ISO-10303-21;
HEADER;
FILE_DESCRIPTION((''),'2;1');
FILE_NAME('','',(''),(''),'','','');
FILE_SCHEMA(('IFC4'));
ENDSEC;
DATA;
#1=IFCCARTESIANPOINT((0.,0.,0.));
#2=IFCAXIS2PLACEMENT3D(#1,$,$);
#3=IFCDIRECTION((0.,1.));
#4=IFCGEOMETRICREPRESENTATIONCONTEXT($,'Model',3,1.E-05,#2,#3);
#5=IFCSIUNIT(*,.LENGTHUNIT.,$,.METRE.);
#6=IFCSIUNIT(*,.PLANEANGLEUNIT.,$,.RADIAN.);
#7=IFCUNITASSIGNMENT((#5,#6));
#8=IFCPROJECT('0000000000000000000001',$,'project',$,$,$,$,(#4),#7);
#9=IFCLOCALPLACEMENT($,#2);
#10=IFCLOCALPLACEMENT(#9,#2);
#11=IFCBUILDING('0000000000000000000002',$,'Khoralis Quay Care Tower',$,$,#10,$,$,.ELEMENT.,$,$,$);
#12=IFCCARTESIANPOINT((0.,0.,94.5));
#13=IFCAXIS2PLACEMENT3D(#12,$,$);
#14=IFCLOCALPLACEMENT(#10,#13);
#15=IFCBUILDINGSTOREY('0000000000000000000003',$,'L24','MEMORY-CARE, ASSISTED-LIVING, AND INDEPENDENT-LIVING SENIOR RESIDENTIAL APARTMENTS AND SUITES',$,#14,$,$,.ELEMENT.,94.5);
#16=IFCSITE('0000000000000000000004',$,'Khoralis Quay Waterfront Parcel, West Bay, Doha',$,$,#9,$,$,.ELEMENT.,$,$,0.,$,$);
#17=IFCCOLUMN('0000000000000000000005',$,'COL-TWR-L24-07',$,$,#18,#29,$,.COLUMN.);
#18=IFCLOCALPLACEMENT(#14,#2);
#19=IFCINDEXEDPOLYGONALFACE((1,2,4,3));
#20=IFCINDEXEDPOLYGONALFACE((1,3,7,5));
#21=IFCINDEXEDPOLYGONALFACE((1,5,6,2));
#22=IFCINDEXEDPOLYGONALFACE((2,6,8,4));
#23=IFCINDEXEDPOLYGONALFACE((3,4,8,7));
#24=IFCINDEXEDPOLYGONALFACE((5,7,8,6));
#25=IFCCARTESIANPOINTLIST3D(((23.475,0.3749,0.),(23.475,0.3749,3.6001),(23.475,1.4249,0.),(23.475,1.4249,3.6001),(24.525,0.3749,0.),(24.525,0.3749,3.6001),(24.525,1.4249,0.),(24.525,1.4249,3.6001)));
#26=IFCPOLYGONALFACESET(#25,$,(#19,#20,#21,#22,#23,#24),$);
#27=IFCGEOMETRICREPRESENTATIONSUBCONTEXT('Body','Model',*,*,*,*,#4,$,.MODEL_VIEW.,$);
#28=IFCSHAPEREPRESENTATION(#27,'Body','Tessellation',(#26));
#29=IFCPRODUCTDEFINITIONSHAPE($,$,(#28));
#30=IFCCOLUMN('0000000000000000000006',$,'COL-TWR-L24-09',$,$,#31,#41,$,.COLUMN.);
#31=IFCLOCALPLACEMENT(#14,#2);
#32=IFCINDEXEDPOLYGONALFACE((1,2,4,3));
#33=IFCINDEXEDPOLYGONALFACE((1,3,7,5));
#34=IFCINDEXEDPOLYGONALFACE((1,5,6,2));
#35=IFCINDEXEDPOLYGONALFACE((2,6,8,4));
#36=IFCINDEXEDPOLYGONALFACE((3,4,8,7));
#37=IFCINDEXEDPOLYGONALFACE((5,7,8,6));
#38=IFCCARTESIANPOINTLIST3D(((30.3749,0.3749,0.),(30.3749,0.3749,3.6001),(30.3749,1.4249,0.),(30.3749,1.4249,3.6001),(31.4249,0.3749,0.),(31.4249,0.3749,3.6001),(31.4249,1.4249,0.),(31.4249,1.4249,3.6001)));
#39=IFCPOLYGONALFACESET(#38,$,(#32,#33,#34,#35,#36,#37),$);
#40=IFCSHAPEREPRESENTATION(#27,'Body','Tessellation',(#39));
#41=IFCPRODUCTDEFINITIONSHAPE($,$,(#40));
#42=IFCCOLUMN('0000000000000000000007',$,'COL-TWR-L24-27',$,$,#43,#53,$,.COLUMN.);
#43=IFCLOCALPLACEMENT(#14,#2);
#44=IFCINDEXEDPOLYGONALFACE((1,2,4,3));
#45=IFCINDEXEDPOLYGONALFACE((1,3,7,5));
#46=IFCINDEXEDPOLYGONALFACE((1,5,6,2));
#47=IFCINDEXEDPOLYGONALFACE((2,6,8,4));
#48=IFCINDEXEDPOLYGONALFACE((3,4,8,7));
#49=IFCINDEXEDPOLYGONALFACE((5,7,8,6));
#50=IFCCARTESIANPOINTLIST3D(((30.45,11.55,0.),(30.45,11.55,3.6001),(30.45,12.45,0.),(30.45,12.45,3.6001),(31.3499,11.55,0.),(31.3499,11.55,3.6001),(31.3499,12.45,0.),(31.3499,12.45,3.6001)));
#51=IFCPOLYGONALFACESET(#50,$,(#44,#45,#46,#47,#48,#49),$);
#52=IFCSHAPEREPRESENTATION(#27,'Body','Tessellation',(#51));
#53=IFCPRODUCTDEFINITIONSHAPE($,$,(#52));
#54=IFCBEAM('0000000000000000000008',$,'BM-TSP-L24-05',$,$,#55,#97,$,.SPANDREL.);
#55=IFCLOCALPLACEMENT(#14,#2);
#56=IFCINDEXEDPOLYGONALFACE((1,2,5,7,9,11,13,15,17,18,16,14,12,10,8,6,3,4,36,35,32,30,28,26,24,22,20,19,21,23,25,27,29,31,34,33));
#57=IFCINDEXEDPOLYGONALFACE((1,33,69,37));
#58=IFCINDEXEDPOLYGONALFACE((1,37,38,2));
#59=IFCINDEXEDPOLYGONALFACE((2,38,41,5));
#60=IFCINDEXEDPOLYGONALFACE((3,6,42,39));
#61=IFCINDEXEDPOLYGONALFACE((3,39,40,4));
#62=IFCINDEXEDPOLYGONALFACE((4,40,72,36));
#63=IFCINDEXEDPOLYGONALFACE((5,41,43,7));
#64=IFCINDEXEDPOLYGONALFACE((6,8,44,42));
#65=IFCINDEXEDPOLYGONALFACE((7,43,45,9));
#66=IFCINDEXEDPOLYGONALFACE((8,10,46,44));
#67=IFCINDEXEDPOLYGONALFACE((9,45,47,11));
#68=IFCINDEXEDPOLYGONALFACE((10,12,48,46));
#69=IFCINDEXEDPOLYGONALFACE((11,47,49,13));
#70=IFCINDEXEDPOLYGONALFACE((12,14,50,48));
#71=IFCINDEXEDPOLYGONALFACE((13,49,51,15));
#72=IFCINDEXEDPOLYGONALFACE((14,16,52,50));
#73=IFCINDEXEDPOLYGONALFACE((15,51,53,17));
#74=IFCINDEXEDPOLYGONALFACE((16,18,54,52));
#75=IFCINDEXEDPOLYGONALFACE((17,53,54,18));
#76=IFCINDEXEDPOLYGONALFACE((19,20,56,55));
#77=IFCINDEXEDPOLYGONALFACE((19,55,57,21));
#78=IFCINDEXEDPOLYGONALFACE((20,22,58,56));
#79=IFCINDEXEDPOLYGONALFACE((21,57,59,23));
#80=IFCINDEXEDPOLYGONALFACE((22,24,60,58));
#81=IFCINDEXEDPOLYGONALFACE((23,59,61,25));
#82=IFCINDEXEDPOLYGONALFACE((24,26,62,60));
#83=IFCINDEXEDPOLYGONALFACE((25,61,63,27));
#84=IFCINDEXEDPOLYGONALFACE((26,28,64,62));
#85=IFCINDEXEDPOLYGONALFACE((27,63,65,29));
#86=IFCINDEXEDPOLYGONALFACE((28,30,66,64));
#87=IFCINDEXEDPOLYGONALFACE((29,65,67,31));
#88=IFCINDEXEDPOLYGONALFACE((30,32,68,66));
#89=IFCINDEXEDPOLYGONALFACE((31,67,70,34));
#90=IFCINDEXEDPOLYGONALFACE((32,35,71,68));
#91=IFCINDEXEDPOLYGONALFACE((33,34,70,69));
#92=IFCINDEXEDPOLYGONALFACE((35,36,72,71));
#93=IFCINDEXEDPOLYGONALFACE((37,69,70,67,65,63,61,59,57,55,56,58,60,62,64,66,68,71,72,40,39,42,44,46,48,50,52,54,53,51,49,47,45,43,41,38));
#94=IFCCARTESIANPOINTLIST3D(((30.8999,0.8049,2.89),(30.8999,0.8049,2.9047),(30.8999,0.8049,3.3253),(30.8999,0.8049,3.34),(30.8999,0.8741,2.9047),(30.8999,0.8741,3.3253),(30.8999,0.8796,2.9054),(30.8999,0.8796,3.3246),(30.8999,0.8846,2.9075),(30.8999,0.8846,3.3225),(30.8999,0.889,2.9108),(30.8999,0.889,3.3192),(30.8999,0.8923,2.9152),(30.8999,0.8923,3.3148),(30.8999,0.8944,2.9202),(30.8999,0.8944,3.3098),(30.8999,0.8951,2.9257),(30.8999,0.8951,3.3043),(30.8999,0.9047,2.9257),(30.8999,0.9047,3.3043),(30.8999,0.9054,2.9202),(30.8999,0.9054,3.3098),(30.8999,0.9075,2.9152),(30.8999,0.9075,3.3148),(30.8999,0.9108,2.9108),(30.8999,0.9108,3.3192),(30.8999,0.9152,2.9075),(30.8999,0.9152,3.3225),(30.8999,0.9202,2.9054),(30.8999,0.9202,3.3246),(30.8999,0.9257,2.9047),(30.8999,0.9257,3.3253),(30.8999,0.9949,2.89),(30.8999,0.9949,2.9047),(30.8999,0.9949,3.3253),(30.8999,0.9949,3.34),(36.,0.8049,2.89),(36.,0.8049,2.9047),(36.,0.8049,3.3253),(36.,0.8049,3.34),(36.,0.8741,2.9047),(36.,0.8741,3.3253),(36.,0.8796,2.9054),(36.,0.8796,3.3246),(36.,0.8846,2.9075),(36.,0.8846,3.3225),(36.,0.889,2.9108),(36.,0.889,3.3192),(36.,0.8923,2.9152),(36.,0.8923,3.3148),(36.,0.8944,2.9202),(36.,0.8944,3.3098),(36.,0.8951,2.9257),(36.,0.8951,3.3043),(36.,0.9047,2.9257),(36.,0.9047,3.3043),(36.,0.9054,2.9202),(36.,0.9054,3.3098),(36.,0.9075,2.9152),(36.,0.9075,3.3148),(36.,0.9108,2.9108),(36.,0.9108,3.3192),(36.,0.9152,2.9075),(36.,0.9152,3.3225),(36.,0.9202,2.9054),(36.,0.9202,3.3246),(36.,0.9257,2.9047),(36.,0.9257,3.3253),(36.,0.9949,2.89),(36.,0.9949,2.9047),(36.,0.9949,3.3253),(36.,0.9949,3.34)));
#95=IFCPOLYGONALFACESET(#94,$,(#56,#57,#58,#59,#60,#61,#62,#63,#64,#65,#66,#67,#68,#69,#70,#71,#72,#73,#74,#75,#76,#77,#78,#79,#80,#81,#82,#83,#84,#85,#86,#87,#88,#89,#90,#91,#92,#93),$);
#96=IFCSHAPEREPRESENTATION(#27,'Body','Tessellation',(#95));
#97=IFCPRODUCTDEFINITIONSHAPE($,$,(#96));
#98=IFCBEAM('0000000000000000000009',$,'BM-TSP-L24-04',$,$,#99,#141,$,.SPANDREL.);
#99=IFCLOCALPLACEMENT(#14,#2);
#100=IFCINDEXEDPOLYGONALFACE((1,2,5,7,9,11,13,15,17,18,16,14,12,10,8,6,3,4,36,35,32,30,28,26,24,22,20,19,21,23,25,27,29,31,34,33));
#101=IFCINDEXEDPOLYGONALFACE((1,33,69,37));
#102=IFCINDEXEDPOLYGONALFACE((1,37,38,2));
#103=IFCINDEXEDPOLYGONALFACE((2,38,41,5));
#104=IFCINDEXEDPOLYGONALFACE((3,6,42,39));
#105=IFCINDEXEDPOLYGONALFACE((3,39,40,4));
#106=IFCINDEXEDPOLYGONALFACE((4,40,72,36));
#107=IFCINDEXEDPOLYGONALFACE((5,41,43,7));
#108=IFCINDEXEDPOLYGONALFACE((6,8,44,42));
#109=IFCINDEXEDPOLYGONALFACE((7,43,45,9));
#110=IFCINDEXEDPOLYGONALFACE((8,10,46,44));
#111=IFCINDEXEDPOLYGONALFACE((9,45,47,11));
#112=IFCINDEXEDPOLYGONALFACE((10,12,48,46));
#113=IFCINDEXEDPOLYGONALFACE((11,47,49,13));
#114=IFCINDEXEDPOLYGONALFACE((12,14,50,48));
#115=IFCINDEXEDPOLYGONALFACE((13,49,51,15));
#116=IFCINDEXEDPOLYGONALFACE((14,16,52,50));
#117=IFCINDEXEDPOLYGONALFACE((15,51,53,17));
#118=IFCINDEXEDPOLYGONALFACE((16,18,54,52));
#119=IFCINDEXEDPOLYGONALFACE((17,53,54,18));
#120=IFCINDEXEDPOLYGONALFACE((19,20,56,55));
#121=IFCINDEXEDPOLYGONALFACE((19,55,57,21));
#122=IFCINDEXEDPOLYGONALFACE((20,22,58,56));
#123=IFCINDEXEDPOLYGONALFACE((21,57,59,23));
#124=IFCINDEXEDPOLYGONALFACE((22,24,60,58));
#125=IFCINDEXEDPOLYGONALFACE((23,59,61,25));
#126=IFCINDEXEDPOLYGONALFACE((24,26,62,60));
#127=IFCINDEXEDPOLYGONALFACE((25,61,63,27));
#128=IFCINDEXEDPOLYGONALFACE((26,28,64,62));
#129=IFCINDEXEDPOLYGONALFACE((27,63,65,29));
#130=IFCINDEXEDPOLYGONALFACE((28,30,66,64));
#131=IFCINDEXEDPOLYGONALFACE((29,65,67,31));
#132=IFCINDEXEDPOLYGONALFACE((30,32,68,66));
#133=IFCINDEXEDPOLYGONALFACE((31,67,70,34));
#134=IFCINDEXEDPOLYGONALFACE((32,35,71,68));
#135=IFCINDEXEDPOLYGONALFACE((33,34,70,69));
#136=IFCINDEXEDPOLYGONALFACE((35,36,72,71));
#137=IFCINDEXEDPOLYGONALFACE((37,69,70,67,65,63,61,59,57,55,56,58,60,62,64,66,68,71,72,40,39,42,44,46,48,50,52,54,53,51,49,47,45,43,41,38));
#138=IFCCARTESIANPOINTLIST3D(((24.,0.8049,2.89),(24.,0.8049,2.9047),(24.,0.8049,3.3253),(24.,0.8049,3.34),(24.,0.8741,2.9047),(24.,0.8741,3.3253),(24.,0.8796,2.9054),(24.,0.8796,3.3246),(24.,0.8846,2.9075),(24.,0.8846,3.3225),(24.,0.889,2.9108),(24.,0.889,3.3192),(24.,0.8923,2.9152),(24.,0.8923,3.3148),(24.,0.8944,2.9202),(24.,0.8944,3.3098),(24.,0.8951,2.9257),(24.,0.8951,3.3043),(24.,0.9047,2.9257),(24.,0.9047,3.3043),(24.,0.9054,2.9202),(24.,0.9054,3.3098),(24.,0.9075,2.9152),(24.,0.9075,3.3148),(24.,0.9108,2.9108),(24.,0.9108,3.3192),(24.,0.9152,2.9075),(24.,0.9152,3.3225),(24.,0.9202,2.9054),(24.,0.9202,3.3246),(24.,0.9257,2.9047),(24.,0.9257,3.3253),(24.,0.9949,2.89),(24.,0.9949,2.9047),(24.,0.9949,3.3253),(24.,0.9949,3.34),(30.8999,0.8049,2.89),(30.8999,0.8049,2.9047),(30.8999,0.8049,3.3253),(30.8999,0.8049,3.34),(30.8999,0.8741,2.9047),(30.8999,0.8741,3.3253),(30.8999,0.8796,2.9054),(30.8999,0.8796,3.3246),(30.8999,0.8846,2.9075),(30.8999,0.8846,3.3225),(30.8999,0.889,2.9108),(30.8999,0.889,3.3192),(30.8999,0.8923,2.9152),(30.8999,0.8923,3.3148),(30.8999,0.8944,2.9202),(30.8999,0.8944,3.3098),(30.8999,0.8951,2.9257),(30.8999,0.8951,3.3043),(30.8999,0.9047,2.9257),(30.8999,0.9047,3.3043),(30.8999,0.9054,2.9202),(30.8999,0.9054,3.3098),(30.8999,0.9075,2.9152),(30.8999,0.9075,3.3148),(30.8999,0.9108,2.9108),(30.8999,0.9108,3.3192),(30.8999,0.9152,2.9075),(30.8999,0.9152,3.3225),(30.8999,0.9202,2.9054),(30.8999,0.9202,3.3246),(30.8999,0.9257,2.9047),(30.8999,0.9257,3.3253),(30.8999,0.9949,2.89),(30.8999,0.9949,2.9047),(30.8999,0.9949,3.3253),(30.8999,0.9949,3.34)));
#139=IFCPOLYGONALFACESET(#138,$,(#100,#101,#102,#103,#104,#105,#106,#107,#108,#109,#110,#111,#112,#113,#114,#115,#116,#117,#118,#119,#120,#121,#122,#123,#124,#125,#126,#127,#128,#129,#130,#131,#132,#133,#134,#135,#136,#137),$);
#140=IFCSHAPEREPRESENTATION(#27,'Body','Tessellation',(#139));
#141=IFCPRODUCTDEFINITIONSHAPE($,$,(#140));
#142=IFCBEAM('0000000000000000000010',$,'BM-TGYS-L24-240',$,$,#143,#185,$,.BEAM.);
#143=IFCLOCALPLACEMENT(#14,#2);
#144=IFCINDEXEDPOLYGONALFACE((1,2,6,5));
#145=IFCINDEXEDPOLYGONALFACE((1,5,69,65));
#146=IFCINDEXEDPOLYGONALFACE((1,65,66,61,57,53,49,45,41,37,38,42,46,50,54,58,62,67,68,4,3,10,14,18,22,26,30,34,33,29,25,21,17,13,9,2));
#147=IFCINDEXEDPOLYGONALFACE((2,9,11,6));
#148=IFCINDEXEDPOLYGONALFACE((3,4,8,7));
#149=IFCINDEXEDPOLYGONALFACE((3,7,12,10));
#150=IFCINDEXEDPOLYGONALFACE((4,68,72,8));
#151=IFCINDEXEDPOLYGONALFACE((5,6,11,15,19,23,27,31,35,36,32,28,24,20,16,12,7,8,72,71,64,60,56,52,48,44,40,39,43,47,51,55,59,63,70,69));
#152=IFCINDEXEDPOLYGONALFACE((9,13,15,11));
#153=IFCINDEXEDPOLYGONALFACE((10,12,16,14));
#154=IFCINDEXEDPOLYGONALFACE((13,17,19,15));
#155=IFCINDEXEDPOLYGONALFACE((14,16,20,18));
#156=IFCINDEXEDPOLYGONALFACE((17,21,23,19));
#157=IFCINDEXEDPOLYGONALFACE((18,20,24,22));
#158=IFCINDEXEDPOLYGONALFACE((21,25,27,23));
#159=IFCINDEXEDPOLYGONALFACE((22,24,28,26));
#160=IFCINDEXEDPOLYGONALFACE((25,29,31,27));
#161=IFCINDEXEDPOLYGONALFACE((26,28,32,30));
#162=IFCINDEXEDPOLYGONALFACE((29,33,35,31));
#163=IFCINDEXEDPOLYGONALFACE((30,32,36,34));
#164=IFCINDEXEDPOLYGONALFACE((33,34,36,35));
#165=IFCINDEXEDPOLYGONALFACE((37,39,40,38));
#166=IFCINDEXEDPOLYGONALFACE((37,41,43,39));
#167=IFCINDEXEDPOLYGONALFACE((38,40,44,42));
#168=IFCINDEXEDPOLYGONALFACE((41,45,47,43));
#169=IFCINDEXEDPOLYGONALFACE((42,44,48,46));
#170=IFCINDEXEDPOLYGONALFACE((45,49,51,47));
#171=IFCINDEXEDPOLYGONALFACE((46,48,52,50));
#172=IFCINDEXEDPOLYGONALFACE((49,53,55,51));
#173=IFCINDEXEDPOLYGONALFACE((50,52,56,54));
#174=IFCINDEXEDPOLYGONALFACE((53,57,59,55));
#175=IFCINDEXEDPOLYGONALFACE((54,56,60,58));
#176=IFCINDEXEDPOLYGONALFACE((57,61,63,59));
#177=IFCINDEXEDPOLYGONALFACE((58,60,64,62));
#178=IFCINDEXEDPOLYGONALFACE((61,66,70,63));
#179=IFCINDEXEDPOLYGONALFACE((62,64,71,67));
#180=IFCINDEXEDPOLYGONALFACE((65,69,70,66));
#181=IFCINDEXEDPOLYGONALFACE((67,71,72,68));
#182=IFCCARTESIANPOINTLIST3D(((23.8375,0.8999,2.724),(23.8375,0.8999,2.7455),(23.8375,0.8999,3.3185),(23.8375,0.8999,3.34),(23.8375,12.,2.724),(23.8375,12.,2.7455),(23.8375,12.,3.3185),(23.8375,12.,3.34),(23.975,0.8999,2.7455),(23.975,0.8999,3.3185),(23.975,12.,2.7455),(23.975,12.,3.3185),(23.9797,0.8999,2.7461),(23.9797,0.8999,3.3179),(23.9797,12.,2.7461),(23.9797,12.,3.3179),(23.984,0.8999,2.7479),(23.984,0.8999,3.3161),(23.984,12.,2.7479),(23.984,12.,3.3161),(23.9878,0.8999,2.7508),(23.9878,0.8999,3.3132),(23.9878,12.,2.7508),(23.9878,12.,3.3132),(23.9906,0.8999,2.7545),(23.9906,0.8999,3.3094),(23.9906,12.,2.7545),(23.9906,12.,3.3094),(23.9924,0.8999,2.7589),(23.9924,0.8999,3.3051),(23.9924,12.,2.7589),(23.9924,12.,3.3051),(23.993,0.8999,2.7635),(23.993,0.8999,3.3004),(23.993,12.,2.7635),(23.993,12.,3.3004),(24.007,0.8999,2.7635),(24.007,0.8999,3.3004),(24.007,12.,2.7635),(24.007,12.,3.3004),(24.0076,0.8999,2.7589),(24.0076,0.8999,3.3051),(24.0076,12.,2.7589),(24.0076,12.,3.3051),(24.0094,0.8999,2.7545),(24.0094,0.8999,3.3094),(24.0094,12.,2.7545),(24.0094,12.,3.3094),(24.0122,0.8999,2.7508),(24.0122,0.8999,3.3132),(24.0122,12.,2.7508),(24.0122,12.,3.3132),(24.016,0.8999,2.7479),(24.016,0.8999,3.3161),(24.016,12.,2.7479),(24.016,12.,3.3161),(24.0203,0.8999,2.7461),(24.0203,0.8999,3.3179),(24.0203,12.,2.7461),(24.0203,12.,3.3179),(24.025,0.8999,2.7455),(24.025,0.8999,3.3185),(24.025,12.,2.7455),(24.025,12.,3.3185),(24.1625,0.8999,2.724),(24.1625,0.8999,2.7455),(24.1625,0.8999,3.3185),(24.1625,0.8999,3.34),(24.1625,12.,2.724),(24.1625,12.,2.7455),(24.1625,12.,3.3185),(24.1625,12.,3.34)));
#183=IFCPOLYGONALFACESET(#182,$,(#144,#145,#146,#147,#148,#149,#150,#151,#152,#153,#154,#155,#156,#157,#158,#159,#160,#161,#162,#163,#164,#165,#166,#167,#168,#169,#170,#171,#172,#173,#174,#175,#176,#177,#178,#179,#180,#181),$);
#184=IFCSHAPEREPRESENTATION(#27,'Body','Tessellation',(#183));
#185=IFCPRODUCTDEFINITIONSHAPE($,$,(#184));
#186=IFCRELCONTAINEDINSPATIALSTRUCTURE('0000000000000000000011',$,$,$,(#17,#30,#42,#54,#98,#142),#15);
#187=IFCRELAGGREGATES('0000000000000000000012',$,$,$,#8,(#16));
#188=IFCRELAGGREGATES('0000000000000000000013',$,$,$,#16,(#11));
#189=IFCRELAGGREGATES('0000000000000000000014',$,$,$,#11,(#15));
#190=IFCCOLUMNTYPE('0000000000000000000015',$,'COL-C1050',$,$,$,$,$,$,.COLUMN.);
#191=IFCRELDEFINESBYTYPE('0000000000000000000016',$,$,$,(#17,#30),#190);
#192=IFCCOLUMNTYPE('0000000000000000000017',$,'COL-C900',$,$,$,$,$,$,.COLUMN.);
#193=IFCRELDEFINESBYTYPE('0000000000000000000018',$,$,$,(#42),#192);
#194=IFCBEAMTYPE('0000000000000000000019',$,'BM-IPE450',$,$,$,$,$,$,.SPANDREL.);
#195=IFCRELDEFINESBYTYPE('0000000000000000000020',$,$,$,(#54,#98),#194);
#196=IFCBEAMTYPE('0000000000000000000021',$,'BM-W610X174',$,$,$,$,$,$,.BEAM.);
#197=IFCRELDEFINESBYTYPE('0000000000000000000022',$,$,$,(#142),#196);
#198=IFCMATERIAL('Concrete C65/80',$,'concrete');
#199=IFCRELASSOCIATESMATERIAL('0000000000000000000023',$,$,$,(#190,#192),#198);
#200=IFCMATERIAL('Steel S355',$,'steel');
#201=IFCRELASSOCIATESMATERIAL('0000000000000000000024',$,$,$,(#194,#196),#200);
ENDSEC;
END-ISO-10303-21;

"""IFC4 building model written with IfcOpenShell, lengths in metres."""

from ifc_helpers import new_model, si_unit, direction, frame, origin, origin_2d, place, context, subcontext, project, spatial, rectangle, i_section, extrude, source, transform, mapped, material, material_profile, profile_set, type_object, element, save


model = new_model("IFC4")

# Units and contexts
model_context = context("Model", 3, precision=1e-05, world=origin(), true_north=direction((0.0, 1.0)))
body_context = subcontext(model_context, "Body", "Model", "MODEL_VIEW")
ifc_project = project(units=[si_unit("LENGTHUNIT", "METRE"), si_unit("PLANEANGLEUNIT", "RADIAN")], contexts=[model_context])

# Site, building, storey
site_placement = place(None, origin())
site = spatial("IfcSite", under=ifc_project, at=site_placement, Name="Khoralis Quay Waterfront Parcel, West Bay, Doha", CompositionType="ELEMENT", RefElevation=0.0)
building_placement = place(site_placement, origin())
building = spatial("IfcBuilding", under=site, at=building_placement, Name="Khoralis Quay Care Tower", CompositionType="ELEMENT")
storey_placement = place(building_placement, frame((0.0, 0.0, 94.5)))
storey = spatial("IfcBuildingStorey", under=building, at=storey_placement, Name="L24", Description="MEMORY-CARE, ASSISTED-LIVING, AND INDEPENDENT-LIVING SENIOR RESIDENTIAL APARTMENTS AND SUITES", CompositionType="ELEMENT", Elevation=94.5)

# Columns
ifc_material_1 = material(Name="Concrete C65/80", Category="concrete")
ifc_material_profile_1 = material_profile(ifc_material_1, rectangle(XDim=1.05, YDim=1.05, at=origin_2d()), Name="Concrete C65/80")
ifc_profile_set_1 = profile_set([ifc_material_profile_1], Name="Concrete C65/80")
column_type_1 = type_object("IfcColumnType", Name="COL-C1050", PredefinedType="COLUMN", material=ifc_profile_set_1)
shared_shape_1 = source(origin(), body_context, "Body", "SweptSolid", [
    extrude(rectangle(XDim=1.05, YDim=1.05, at=origin_2d()), origin(), (0.0, 0.0, 1.0), 3.6001),
])
for number, where, z_axis, x_axis, name in (
    (1, (24.0, 0.8999, 0.0), (0.0, 0.0, 1.0), (1.0, 0.0, 0.0), "COL-TWR-L24-07"),
    (2, (30.8999, 0.8999, 0.0), (0.0, 0.0, 1.0), (1.0, 0.0, 0.0), "COL-TWR-L24-09"),
):
    element("IfcColumn", number, at=place(storey_placement, frame(where, z_axis=z_axis, x_axis=x_axis)), inside=storey, type_object=column_type_1, Name=name, PredefinedType="COLUMN", context=body_context, shape_type="MappedRepresentation", body=[
        mapped(shared_shape_1, transform((0.0, 0.0, 0.0), scale=1.0)),
    ])
ifc_material_profile_2 = material_profile(ifc_material_1, rectangle(XDim=0.8999, YDim=0.8999, at=origin_2d()), Name="Concrete C65/80")
ifc_profile_set_2 = profile_set([ifc_material_profile_2], Name="Concrete C65/80")
column_type_2 = type_object("IfcColumnType", Name="COL-C900", PredefinedType="COLUMN", material=ifc_profile_set_2)
shared_shape_2 = source(origin(), body_context, "Body", "SweptSolid", [
    extrude(rectangle(XDim=0.8999, YDim=0.8999, at=origin_2d()), origin(), (0.0, 0.0, 1.0), 3.6001),
])
column_placement = place(storey_placement, frame((30.8999, 12.0, 0.0), z_axis=(0.0, 0.0, 1.0), x_axis=(1.0, 0.0, 0.0)))
element("IfcColumn", 3, at=column_placement, inside=storey, type_object=column_type_2, Name="COL-TWR-L24-27", PredefinedType="COLUMN", context=body_context, shape_type="MappedRepresentation", body=[
    mapped(shared_shape_2, transform((0.0, 0.0, 0.0), scale=1.0)),
])

# Beams
ifc_material_2 = material(Name="Steel S355", Category="steel")
ifc_material_profile_3 = material_profile(ifc_material_2, i_section(OverallWidth=0.1899, OverallDepth=0.45, WebThickness=0.0095, FlangeThickness=0.0146, FilletRadius=0.021, at=origin_2d()), Name="Steel S355")
ifc_profile_set_3 = profile_set([ifc_material_profile_3], Name="Steel S355")
beam_type_1 = type_object("IfcBeamType", Name="BM-IPE450", PredefinedType="SPANDREL", material=ifc_profile_set_3)
shared_shape_3 = source(origin(), body_context, "Body", "SweptSolid", [
    extrude(i_section(OverallWidth=0.1899, OverallDepth=0.45, WebThickness=0.0095, FlangeThickness=0.0146, FilletRadius=0.021, at=origin_2d()), origin(), (0.0, 0.0, 1.0), 5.1001),
])
beam_1_placement = place(storey_placement, frame((30.8999, 0.8999, 3.115), z_axis=(1.0, 0.0, 0.0), x_axis=(0.0, 1.0, 0.0)))
element("IfcBeam", 4, at=beam_1_placement, inside=storey, type_object=beam_type_1, Name="BM-TSP-L24-05", PredefinedType="SPANDREL", context=body_context, shape_type="MappedRepresentation", body=[
    mapped(shared_shape_3, transform((0.0, 0.0, 0.0), scale=1.0)),
])
shared_shape_4 = source(origin(), body_context, "Body", "SweptSolid", [
    extrude(i_section(OverallWidth=0.1899, OverallDepth=0.45, WebThickness=0.0095, FlangeThickness=0.0146, FilletRadius=0.021, at=origin_2d()), origin(), (0.0, 0.0, 1.0), 6.8999),
])
beam_2_placement = place(storey_placement, frame((24.0, 0.8999, 3.115), z_axis=(1.0, 0.0, 0.0), x_axis=(0.0, 1.0, 0.0)))
element("IfcBeam", 5, at=beam_2_placement, inside=storey, type_object=beam_type_1, Name="BM-TSP-L24-04", PredefinedType="SPANDREL", context=body_context, shape_type="MappedRepresentation", body=[
    mapped(shared_shape_4, transform((0.0, 0.0, 0.0), scale=1.0)),
])
ifc_material_profile_4 = material_profile(ifc_material_2, i_section(OverallWidth=0.325, OverallDepth=0.616, WebThickness=0.0139, FlangeThickness=0.0215, FilletRadius=0.0181, at=origin_2d()), Name="Steel S355")
ifc_profile_set_4 = profile_set([ifc_material_profile_4], Name="Steel S355")
beam_type_2 = type_object("IfcBeamType", Name="BM-W610X174", PredefinedType="BEAM", material=ifc_profile_set_4)
shared_shape_5 = source(origin(), body_context, "Body", "SweptSolid", [
    extrude(i_section(OverallWidth=0.325, OverallDepth=0.616, WebThickness=0.0139, FlangeThickness=0.0215, FilletRadius=0.0181, at=origin_2d()), origin(), (0.0, 0.0, 1.0), 11.1001),
])
for number, where, z_axis, x_axis, name in (
    (6, (24.0, 0.8999, 3.032), (0.0, 1.0, 0.0), (-1.0, 0.0, 0.0), "BM-TGYS-L24-240"),
):
    element("IfcBeam", number, at=place(storey_placement, frame(where, z_axis=z_axis, x_axis=x_axis)), inside=storey, type_object=beam_type_2, Name=name, PredefinedType="BEAM", context=body_context, shape_type="MappedRepresentation", body=[
        mapped(shared_shape_5, transform((0.0, 0.0, 0.0), scale=1.0)),
    ])

save(model, "model.ifc")
